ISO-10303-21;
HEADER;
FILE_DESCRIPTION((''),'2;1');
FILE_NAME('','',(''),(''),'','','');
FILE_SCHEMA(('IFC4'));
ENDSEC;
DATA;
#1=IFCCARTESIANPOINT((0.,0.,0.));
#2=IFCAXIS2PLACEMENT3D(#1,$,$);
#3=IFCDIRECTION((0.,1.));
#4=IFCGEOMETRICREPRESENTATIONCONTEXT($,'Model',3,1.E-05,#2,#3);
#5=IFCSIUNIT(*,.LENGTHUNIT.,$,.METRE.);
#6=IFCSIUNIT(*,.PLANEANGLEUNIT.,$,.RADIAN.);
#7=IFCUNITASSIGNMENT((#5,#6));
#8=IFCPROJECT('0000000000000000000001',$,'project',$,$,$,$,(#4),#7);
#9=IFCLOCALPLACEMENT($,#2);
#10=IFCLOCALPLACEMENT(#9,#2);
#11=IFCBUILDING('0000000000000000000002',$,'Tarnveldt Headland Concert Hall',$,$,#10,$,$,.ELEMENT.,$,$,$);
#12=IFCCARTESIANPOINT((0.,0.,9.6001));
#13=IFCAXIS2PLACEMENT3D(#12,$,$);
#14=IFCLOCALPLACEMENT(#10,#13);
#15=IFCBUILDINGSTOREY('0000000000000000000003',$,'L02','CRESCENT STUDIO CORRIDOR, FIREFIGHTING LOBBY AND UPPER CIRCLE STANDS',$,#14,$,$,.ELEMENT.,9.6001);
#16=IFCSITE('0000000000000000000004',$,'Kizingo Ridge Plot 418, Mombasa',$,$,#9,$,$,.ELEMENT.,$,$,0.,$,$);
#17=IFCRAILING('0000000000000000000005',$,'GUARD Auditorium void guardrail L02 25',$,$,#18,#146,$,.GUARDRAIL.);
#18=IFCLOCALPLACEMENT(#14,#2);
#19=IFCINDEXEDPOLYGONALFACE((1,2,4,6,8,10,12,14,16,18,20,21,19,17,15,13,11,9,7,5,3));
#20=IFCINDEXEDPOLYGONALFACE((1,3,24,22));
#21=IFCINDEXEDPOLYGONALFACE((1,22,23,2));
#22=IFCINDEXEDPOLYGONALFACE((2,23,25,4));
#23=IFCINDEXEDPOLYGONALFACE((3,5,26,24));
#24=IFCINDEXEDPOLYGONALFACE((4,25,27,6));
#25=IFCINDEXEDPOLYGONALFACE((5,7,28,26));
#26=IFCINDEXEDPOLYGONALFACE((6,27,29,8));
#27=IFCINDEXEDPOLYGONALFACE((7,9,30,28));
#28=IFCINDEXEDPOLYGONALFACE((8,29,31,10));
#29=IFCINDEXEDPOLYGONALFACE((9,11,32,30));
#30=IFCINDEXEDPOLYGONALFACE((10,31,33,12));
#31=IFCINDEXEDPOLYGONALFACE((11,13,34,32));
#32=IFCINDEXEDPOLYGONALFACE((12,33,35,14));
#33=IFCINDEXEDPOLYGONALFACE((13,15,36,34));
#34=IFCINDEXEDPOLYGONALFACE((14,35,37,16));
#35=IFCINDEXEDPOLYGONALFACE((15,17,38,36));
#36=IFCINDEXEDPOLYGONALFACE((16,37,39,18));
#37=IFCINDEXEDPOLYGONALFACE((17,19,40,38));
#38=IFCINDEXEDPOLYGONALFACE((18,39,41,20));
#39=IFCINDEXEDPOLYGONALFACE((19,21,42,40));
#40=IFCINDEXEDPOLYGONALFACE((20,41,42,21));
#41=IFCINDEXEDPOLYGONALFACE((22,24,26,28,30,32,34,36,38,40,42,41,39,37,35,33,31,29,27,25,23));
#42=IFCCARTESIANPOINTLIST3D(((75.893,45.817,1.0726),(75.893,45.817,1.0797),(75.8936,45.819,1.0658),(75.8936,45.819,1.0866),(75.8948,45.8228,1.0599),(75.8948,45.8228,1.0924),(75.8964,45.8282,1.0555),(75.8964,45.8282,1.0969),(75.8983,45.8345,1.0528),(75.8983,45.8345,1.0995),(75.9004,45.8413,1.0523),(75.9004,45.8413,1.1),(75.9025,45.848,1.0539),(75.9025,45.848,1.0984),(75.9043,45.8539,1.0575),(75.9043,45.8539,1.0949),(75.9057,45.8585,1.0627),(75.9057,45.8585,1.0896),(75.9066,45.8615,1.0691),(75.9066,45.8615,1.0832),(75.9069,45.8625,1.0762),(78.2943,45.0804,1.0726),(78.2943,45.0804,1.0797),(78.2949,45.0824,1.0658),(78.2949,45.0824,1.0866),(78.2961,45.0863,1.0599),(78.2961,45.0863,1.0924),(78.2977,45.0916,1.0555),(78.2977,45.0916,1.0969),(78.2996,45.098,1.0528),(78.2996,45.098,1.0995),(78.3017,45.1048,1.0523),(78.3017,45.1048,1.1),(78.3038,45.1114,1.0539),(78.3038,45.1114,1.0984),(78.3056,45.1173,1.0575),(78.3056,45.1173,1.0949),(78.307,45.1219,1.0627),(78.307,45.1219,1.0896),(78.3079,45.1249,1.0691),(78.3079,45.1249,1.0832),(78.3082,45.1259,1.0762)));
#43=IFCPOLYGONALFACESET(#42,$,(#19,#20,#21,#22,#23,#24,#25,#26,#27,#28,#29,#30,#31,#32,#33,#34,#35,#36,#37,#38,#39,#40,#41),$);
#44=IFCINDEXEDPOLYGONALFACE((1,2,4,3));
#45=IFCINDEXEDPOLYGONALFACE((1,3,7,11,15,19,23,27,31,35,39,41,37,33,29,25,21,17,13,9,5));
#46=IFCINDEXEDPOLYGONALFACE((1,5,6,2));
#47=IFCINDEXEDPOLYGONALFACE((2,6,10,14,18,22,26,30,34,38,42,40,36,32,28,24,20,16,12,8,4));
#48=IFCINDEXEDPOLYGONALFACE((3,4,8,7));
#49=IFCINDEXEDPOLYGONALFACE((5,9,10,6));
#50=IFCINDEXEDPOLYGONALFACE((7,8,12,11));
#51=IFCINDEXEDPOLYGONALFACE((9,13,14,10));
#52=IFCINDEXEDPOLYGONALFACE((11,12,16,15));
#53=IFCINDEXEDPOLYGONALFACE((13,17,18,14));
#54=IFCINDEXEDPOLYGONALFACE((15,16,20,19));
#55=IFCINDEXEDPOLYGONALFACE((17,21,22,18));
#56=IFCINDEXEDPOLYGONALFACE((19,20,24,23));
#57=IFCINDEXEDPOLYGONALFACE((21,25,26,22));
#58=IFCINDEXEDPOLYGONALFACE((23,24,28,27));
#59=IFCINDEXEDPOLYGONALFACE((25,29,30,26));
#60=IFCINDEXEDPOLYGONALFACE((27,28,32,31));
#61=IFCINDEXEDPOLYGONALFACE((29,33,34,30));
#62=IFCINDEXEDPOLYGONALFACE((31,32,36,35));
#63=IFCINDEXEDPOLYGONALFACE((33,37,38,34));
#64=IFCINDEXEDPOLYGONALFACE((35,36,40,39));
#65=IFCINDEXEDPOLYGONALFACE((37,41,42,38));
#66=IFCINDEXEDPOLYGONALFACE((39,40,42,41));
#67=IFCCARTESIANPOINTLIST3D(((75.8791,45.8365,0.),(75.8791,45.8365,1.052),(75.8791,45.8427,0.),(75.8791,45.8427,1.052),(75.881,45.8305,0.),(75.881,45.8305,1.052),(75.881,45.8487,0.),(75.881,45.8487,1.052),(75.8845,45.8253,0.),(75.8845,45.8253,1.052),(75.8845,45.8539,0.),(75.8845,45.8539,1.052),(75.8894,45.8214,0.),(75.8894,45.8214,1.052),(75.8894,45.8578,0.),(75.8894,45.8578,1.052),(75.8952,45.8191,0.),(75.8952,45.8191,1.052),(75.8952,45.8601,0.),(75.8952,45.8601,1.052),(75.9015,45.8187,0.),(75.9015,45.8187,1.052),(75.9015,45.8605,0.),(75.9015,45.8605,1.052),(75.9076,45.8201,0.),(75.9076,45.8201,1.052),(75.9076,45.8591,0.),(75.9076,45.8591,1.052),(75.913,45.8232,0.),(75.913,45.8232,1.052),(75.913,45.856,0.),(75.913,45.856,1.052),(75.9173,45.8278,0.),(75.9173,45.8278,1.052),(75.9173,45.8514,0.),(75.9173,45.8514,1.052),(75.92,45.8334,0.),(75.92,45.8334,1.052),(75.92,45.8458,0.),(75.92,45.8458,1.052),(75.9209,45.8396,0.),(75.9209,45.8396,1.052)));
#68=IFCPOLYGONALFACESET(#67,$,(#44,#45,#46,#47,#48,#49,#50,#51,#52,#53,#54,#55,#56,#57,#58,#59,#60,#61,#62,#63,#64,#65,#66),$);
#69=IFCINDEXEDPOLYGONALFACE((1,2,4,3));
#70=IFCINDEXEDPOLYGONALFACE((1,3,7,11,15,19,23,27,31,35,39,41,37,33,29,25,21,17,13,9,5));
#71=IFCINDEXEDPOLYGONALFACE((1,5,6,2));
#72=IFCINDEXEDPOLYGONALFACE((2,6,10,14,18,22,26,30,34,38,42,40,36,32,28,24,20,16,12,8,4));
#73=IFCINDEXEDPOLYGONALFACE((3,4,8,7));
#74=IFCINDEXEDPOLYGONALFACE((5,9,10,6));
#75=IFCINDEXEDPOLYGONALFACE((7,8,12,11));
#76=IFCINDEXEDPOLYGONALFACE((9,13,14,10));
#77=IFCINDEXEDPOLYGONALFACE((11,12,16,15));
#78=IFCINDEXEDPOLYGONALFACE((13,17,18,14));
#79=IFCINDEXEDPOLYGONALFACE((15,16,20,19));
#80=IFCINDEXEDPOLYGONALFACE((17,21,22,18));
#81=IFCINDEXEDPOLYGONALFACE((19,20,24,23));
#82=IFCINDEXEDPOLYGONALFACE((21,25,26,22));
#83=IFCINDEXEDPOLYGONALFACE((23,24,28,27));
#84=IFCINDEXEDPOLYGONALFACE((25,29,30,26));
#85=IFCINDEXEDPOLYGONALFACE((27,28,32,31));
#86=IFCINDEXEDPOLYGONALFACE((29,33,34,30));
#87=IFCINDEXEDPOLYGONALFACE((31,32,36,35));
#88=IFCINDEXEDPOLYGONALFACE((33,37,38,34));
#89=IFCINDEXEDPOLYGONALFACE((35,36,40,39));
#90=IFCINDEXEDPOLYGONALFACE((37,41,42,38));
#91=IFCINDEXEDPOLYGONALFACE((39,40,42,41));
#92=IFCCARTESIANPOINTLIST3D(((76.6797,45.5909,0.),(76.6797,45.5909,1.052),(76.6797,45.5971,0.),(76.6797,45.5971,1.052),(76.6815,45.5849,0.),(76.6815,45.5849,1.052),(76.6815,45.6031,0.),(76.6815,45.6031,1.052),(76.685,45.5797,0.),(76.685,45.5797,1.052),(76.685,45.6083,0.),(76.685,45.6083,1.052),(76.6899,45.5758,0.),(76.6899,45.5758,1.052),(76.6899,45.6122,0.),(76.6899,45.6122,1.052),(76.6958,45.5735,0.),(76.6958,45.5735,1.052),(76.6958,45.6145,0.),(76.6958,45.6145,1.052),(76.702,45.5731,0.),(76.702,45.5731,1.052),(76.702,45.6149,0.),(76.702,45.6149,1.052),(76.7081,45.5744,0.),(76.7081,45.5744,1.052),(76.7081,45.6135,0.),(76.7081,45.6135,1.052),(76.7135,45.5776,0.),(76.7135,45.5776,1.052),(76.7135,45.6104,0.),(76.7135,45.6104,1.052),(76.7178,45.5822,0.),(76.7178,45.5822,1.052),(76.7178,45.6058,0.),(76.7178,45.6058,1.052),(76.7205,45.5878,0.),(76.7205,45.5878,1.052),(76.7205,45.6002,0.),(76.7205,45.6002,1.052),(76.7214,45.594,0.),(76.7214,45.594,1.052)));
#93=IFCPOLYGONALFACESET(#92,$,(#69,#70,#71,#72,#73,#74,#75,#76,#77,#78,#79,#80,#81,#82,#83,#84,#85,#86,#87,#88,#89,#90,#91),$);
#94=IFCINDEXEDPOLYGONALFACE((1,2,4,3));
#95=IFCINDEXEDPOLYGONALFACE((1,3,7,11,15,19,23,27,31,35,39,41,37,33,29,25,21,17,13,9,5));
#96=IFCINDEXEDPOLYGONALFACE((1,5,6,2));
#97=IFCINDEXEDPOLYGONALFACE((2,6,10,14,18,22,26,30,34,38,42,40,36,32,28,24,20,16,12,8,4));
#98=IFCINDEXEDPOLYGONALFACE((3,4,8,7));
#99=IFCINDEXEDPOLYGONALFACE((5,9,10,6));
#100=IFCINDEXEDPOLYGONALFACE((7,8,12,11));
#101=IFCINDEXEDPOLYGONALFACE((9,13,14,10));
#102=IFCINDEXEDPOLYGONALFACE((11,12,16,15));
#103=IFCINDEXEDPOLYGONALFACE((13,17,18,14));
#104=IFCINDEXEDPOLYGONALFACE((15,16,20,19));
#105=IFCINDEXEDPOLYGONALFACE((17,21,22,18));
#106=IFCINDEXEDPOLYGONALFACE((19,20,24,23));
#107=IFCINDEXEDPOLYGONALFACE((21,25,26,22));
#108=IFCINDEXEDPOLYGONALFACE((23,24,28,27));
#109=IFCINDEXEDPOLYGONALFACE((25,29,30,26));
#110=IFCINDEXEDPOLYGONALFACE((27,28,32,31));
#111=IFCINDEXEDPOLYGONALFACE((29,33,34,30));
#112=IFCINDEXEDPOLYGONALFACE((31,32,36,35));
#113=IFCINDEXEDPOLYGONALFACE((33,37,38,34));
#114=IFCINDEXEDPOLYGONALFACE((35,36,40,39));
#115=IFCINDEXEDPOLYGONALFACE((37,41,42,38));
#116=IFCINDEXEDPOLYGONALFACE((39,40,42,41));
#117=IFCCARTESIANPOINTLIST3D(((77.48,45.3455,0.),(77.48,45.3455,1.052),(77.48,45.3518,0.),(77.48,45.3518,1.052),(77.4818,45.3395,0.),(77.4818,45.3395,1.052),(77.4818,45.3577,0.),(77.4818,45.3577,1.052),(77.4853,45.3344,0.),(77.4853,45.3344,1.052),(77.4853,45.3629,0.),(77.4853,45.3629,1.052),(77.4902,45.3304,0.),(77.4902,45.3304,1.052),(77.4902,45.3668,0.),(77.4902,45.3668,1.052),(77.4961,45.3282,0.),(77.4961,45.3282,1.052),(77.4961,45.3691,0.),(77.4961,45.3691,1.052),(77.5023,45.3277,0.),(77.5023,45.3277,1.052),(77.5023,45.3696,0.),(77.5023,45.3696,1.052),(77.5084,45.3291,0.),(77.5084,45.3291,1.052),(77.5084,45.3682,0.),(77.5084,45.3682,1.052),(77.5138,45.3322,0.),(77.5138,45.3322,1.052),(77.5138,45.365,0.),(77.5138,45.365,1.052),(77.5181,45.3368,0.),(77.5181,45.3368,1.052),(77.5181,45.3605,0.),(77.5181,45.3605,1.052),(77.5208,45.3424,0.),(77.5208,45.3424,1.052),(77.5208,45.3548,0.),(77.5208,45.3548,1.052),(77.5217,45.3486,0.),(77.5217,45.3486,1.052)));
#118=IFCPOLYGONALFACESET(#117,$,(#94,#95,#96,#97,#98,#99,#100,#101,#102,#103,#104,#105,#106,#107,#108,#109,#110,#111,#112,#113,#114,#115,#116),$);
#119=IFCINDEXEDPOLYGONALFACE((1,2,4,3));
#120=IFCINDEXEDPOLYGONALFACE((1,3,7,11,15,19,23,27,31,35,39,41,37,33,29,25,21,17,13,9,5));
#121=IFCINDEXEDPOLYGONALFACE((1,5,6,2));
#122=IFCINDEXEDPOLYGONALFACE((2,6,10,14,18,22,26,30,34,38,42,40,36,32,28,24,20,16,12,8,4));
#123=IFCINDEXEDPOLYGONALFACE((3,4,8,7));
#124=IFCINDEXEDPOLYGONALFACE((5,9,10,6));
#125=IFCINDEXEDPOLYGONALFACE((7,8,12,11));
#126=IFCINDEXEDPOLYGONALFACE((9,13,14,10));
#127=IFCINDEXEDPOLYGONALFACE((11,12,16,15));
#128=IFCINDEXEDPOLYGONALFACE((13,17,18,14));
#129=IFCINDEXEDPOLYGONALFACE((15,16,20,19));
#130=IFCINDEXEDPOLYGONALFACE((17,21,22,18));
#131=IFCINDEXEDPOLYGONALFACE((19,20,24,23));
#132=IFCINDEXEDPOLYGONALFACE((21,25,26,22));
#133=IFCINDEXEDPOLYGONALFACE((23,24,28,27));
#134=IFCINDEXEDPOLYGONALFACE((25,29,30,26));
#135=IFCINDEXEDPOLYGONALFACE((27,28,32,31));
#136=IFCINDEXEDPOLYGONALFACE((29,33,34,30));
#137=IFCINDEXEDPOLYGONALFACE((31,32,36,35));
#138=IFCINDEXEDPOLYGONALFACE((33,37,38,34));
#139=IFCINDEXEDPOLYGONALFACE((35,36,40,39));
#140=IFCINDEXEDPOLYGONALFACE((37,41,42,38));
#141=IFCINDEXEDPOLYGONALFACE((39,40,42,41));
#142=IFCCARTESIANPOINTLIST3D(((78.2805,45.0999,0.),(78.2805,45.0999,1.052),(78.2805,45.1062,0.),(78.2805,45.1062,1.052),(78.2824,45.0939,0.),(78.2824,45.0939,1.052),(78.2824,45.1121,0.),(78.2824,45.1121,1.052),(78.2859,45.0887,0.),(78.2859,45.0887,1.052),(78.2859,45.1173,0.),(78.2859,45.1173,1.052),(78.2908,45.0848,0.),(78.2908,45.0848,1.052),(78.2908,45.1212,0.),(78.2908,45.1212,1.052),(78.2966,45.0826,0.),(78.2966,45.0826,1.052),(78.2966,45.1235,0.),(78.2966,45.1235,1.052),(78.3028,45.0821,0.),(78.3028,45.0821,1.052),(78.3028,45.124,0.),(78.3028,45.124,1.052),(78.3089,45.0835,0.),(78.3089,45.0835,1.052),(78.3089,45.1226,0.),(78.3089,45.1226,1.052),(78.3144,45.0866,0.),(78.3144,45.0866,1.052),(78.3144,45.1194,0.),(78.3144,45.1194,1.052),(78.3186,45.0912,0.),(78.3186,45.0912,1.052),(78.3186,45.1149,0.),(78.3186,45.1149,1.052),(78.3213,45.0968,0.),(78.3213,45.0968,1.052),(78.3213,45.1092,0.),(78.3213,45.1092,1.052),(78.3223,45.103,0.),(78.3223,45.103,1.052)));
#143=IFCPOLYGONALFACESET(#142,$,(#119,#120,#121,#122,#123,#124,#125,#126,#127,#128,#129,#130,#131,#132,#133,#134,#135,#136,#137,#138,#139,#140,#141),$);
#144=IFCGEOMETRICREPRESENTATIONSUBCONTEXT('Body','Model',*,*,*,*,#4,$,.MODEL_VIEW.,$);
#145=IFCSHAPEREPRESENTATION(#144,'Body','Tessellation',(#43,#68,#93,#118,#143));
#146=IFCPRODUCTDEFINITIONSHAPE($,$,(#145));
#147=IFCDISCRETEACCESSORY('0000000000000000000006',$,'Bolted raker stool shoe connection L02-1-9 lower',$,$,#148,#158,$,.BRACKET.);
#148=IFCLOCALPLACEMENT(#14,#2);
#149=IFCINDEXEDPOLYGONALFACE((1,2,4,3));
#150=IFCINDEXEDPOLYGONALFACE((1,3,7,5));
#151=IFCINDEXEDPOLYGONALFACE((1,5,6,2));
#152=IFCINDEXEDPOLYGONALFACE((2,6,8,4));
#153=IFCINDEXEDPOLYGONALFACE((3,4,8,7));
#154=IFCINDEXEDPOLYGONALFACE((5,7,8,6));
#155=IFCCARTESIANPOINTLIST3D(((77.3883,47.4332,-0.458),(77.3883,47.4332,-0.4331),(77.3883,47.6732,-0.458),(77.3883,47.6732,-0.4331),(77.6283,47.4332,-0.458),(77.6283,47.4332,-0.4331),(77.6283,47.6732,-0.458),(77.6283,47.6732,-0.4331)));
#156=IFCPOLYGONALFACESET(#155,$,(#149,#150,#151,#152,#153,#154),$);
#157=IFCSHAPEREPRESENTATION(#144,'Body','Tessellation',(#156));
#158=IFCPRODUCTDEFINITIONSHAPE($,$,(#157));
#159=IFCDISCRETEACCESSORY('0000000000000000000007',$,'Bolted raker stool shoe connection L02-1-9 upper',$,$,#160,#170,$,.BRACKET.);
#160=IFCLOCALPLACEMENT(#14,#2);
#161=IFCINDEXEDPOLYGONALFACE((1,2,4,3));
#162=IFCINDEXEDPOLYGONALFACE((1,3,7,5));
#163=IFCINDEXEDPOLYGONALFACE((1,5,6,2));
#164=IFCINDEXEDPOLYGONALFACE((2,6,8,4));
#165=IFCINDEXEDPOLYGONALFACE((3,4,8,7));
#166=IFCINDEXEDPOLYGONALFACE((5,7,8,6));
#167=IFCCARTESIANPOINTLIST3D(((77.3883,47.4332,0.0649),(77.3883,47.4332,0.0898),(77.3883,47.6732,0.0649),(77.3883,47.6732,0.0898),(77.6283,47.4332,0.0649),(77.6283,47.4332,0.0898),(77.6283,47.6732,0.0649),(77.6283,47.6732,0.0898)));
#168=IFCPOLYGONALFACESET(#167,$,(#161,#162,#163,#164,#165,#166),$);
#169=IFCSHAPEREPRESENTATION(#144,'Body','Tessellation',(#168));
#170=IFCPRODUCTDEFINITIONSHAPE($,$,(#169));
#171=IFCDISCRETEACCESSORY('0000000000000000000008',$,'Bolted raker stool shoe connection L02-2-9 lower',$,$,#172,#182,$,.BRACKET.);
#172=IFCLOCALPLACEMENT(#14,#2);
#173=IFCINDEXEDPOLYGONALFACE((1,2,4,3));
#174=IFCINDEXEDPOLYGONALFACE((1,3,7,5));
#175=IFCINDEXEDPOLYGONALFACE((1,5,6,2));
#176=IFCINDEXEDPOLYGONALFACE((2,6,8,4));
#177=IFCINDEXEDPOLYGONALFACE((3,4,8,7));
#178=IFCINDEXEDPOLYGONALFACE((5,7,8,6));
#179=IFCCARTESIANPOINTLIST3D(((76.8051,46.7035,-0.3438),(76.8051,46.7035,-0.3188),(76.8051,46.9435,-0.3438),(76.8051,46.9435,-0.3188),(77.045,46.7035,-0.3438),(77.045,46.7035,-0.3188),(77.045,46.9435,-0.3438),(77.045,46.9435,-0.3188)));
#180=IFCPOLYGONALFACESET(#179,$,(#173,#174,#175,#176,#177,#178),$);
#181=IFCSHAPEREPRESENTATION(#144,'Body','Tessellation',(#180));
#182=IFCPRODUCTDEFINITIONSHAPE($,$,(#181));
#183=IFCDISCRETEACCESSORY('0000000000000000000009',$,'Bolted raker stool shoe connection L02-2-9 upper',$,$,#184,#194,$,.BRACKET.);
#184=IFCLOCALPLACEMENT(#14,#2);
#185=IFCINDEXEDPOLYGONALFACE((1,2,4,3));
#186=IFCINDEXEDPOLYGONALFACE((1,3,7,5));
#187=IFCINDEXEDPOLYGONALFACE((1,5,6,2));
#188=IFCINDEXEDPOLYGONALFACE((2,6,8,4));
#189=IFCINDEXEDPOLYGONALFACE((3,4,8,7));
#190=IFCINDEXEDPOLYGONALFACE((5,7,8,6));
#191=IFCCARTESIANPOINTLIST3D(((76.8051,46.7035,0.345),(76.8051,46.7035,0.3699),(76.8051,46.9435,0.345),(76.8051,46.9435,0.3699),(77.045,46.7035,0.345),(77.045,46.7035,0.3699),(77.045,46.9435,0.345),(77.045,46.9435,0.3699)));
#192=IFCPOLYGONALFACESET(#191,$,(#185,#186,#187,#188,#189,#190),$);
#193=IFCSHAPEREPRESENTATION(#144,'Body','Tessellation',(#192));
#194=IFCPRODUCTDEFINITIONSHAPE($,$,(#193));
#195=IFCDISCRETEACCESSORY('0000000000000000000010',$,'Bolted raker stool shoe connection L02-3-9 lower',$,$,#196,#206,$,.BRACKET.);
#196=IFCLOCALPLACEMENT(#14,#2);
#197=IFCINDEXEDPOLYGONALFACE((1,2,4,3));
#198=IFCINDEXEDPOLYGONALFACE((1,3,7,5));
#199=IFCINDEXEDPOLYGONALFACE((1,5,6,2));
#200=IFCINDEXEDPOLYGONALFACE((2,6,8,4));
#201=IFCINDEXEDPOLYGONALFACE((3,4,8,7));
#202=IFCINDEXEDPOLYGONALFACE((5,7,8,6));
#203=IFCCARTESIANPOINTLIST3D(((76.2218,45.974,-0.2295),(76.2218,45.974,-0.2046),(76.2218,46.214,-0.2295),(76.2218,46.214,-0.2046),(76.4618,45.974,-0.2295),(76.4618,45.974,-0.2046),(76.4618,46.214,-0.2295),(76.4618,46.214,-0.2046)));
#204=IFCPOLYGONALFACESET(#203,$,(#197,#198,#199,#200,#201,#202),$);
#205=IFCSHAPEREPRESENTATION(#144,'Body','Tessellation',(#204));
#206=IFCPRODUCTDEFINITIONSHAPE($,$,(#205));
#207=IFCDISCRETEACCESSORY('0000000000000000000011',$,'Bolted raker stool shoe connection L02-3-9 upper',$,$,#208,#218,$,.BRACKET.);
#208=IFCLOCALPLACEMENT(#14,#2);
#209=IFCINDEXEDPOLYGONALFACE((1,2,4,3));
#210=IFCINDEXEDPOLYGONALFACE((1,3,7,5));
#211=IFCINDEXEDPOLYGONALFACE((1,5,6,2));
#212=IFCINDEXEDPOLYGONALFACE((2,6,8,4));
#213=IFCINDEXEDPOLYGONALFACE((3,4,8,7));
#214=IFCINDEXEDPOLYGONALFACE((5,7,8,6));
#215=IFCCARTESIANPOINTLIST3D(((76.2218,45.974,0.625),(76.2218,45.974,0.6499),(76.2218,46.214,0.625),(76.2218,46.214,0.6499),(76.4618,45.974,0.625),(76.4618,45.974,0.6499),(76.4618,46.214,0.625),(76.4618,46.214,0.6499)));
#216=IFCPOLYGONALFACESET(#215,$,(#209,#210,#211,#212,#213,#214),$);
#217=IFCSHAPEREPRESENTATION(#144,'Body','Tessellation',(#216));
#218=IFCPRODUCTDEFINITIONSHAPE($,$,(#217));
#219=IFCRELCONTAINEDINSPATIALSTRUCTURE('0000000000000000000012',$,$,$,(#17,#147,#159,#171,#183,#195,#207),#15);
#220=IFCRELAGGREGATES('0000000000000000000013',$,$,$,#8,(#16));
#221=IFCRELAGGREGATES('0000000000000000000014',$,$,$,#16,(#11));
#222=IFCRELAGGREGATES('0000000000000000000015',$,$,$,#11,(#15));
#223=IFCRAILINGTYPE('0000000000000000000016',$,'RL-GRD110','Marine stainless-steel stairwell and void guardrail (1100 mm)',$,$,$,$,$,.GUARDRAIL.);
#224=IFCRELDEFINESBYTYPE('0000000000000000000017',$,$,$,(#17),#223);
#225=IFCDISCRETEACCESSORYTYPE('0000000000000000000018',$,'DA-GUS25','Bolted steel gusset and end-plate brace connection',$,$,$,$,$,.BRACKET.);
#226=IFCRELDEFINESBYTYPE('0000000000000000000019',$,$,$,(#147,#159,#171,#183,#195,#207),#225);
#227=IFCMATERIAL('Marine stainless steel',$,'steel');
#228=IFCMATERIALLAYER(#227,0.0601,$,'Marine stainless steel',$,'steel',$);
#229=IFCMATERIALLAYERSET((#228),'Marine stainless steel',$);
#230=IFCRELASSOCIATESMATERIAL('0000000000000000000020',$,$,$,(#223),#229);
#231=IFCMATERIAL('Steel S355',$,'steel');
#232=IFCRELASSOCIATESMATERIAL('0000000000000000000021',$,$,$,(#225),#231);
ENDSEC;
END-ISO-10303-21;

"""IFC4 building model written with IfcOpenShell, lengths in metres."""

from ifc_helpers import new_model, si_unit, direction, frame, origin, origin_2d, place, context, subcontext, project, spatial, rectangle, circle, extrude, material, layer, layer_set, type_object, element, save


model = new_model("IFC4")

# Units and contexts
model_context = context("Model", 3, precision=1e-05, world=origin(), true_north=direction((0.0, 1.0)))
body_context = subcontext(model_context, "Body", "Model", "MODEL_VIEW")
ifc_project = project(units=[si_unit("LENGTHUNIT", "METRE"), si_unit("PLANEANGLEUNIT", "RADIAN")], contexts=[model_context])

# Site, building, storey
site_placement = place(None, origin())
site = spatial("IfcSite", under=ifc_project, at=site_placement, Name="Kizingo Ridge Plot 418, Mombasa", CompositionType="ELEMENT", RefElevation=0.0)
building_placement = place(site_placement, origin())
building = spatial("IfcBuilding", under=site, at=building_placement, Name="Tarnveldt Headland Concert Hall", CompositionType="ELEMENT")
storey_placement = place(building_placement, frame((0.0, 0.0, 9.6001)))
storey = spatial("IfcBuildingStorey", under=building, at=storey_placement, Name="L02", Description="CRESCENT STUDIO CORRIDOR, FIREFIGHTING LOBBY AND UPPER CIRCLE STANDS", CompositionType="ELEMENT", Elevation=9.6001)

# Shared definitions
ifc_material_1 = material(Name="Steel S355", Category="steel")

# Railing
ifc_material_2 = material(Name="Marine stainless steel", Category="steel")
ifc_layer_1 = layer(ifc_material_2, 0.0601, Name="Marine stainless steel", Category="steel")
ifc_layer_set_1 = layer_set([ifc_layer_1], Name="Marine stainless steel")
railing_type = type_object("IfcRailingType", Name="RL-GRD110", Description="Marine stainless-steel stairwell and void guardrail (1100 mm)", PredefinedType="GUARDRAIL", material=ifc_layer_set_1)
railing_1_placement = place(storey_placement, frame((75.8999, 45.8396, 0.0)))
element("IfcRailing", 1, at=railing_1_placement, inside=storey, type_object=railing_type, Name="GUARD Auditorium void guardrail L02 25", PredefinedType="GUARDRAIL", context=body_context, shape_type="SweptSolid", body=[
    extrude(circle(Radius=0.0239, at=origin_2d()), frame((0.0, 0.0, 1.0762), z_axis=(0.956037, -0.293246, 0.0), x_axis=(0.293246, 0.956037, 0.0)), (0.0, 0.0, 1.0), 2.5117),
    extrude(circle(Radius=0.021, at=origin_2d()), origin(), (0.0, 0.0, 1.0), 1.052),
    extrude(circle(Radius=0.021, at=origin_2d()), frame((0.8005, -0.2456, 0.0)), (0.0, 0.0, 1.0), 1.052),
    extrude(circle(Radius=0.021, at=origin_2d()), frame((1.6008, -0.491, 0.0)), (0.0, 0.0, 1.0), 1.052),
    extrude(circle(Radius=0.021, at=origin_2d()), frame((2.4014, -0.7366, 0.0)), (0.0, 0.0, 1.0), 1.052),
])

# Discrete accessories
discrete_accessory_type = type_object("IfcDiscreteAccessoryType", Name="DA-GUS25", Description="Bolted steel gusset and end-plate brace connection", PredefinedType="BRACKET", material=ifc_material_1)
for number, where, z_axis, x_axis, name in (
    (2, (77.5083, 47.5532, -0.458), (0.0, 0.0, 1.0), (1.0, 0.0, 0.0), "Bolted raker stool shoe connection L02-1-9 lower"),
    (3, (77.5083, 47.5532, 0.0649), (0.0, 0.0, 1.0), (1.0, 0.0, 0.0), "Bolted raker stool shoe connection L02-1-9 upper"),
    (4, (76.925, 46.8235, -0.3438), (0.0, 0.0, 1.0), (1.0, 0.0, 0.0), "Bolted raker stool shoe connection L02-2-9 lower"),
    (5, (76.925, 46.8235, 0.345), (0.0, 0.0, 1.0), (1.0, 0.0, 0.0), "Bolted raker stool shoe connection L02-2-9 upper"),
    (6, (76.3418, 46.094, -0.2295), (0.0, 0.0, 1.0), (1.0, 0.0, 0.0), "Bolted raker stool shoe connection L02-3-9 lower"),
    (7, (76.3418, 46.094, 0.625), (0.0, 0.0, 1.0), (1.0, 0.0, 0.0), "Bolted raker stool shoe connection L02-3-9 upper"),
):
    element("IfcDiscreteAccessory", number, at=place(storey_placement, frame(where, z_axis=z_axis, x_axis=x_axis)), inside=storey, type_object=discrete_accessory_type, Name=name, PredefinedType="BRACKET", context=body_context, shape_type="SweptSolid", body=[
        extrude(rectangle(XDim=0.24, YDim=0.24, at=origin_2d()), origin(), (0.0, 0.0, 1.0), 0.0249),
    ])

save(model, "model.ifc")
